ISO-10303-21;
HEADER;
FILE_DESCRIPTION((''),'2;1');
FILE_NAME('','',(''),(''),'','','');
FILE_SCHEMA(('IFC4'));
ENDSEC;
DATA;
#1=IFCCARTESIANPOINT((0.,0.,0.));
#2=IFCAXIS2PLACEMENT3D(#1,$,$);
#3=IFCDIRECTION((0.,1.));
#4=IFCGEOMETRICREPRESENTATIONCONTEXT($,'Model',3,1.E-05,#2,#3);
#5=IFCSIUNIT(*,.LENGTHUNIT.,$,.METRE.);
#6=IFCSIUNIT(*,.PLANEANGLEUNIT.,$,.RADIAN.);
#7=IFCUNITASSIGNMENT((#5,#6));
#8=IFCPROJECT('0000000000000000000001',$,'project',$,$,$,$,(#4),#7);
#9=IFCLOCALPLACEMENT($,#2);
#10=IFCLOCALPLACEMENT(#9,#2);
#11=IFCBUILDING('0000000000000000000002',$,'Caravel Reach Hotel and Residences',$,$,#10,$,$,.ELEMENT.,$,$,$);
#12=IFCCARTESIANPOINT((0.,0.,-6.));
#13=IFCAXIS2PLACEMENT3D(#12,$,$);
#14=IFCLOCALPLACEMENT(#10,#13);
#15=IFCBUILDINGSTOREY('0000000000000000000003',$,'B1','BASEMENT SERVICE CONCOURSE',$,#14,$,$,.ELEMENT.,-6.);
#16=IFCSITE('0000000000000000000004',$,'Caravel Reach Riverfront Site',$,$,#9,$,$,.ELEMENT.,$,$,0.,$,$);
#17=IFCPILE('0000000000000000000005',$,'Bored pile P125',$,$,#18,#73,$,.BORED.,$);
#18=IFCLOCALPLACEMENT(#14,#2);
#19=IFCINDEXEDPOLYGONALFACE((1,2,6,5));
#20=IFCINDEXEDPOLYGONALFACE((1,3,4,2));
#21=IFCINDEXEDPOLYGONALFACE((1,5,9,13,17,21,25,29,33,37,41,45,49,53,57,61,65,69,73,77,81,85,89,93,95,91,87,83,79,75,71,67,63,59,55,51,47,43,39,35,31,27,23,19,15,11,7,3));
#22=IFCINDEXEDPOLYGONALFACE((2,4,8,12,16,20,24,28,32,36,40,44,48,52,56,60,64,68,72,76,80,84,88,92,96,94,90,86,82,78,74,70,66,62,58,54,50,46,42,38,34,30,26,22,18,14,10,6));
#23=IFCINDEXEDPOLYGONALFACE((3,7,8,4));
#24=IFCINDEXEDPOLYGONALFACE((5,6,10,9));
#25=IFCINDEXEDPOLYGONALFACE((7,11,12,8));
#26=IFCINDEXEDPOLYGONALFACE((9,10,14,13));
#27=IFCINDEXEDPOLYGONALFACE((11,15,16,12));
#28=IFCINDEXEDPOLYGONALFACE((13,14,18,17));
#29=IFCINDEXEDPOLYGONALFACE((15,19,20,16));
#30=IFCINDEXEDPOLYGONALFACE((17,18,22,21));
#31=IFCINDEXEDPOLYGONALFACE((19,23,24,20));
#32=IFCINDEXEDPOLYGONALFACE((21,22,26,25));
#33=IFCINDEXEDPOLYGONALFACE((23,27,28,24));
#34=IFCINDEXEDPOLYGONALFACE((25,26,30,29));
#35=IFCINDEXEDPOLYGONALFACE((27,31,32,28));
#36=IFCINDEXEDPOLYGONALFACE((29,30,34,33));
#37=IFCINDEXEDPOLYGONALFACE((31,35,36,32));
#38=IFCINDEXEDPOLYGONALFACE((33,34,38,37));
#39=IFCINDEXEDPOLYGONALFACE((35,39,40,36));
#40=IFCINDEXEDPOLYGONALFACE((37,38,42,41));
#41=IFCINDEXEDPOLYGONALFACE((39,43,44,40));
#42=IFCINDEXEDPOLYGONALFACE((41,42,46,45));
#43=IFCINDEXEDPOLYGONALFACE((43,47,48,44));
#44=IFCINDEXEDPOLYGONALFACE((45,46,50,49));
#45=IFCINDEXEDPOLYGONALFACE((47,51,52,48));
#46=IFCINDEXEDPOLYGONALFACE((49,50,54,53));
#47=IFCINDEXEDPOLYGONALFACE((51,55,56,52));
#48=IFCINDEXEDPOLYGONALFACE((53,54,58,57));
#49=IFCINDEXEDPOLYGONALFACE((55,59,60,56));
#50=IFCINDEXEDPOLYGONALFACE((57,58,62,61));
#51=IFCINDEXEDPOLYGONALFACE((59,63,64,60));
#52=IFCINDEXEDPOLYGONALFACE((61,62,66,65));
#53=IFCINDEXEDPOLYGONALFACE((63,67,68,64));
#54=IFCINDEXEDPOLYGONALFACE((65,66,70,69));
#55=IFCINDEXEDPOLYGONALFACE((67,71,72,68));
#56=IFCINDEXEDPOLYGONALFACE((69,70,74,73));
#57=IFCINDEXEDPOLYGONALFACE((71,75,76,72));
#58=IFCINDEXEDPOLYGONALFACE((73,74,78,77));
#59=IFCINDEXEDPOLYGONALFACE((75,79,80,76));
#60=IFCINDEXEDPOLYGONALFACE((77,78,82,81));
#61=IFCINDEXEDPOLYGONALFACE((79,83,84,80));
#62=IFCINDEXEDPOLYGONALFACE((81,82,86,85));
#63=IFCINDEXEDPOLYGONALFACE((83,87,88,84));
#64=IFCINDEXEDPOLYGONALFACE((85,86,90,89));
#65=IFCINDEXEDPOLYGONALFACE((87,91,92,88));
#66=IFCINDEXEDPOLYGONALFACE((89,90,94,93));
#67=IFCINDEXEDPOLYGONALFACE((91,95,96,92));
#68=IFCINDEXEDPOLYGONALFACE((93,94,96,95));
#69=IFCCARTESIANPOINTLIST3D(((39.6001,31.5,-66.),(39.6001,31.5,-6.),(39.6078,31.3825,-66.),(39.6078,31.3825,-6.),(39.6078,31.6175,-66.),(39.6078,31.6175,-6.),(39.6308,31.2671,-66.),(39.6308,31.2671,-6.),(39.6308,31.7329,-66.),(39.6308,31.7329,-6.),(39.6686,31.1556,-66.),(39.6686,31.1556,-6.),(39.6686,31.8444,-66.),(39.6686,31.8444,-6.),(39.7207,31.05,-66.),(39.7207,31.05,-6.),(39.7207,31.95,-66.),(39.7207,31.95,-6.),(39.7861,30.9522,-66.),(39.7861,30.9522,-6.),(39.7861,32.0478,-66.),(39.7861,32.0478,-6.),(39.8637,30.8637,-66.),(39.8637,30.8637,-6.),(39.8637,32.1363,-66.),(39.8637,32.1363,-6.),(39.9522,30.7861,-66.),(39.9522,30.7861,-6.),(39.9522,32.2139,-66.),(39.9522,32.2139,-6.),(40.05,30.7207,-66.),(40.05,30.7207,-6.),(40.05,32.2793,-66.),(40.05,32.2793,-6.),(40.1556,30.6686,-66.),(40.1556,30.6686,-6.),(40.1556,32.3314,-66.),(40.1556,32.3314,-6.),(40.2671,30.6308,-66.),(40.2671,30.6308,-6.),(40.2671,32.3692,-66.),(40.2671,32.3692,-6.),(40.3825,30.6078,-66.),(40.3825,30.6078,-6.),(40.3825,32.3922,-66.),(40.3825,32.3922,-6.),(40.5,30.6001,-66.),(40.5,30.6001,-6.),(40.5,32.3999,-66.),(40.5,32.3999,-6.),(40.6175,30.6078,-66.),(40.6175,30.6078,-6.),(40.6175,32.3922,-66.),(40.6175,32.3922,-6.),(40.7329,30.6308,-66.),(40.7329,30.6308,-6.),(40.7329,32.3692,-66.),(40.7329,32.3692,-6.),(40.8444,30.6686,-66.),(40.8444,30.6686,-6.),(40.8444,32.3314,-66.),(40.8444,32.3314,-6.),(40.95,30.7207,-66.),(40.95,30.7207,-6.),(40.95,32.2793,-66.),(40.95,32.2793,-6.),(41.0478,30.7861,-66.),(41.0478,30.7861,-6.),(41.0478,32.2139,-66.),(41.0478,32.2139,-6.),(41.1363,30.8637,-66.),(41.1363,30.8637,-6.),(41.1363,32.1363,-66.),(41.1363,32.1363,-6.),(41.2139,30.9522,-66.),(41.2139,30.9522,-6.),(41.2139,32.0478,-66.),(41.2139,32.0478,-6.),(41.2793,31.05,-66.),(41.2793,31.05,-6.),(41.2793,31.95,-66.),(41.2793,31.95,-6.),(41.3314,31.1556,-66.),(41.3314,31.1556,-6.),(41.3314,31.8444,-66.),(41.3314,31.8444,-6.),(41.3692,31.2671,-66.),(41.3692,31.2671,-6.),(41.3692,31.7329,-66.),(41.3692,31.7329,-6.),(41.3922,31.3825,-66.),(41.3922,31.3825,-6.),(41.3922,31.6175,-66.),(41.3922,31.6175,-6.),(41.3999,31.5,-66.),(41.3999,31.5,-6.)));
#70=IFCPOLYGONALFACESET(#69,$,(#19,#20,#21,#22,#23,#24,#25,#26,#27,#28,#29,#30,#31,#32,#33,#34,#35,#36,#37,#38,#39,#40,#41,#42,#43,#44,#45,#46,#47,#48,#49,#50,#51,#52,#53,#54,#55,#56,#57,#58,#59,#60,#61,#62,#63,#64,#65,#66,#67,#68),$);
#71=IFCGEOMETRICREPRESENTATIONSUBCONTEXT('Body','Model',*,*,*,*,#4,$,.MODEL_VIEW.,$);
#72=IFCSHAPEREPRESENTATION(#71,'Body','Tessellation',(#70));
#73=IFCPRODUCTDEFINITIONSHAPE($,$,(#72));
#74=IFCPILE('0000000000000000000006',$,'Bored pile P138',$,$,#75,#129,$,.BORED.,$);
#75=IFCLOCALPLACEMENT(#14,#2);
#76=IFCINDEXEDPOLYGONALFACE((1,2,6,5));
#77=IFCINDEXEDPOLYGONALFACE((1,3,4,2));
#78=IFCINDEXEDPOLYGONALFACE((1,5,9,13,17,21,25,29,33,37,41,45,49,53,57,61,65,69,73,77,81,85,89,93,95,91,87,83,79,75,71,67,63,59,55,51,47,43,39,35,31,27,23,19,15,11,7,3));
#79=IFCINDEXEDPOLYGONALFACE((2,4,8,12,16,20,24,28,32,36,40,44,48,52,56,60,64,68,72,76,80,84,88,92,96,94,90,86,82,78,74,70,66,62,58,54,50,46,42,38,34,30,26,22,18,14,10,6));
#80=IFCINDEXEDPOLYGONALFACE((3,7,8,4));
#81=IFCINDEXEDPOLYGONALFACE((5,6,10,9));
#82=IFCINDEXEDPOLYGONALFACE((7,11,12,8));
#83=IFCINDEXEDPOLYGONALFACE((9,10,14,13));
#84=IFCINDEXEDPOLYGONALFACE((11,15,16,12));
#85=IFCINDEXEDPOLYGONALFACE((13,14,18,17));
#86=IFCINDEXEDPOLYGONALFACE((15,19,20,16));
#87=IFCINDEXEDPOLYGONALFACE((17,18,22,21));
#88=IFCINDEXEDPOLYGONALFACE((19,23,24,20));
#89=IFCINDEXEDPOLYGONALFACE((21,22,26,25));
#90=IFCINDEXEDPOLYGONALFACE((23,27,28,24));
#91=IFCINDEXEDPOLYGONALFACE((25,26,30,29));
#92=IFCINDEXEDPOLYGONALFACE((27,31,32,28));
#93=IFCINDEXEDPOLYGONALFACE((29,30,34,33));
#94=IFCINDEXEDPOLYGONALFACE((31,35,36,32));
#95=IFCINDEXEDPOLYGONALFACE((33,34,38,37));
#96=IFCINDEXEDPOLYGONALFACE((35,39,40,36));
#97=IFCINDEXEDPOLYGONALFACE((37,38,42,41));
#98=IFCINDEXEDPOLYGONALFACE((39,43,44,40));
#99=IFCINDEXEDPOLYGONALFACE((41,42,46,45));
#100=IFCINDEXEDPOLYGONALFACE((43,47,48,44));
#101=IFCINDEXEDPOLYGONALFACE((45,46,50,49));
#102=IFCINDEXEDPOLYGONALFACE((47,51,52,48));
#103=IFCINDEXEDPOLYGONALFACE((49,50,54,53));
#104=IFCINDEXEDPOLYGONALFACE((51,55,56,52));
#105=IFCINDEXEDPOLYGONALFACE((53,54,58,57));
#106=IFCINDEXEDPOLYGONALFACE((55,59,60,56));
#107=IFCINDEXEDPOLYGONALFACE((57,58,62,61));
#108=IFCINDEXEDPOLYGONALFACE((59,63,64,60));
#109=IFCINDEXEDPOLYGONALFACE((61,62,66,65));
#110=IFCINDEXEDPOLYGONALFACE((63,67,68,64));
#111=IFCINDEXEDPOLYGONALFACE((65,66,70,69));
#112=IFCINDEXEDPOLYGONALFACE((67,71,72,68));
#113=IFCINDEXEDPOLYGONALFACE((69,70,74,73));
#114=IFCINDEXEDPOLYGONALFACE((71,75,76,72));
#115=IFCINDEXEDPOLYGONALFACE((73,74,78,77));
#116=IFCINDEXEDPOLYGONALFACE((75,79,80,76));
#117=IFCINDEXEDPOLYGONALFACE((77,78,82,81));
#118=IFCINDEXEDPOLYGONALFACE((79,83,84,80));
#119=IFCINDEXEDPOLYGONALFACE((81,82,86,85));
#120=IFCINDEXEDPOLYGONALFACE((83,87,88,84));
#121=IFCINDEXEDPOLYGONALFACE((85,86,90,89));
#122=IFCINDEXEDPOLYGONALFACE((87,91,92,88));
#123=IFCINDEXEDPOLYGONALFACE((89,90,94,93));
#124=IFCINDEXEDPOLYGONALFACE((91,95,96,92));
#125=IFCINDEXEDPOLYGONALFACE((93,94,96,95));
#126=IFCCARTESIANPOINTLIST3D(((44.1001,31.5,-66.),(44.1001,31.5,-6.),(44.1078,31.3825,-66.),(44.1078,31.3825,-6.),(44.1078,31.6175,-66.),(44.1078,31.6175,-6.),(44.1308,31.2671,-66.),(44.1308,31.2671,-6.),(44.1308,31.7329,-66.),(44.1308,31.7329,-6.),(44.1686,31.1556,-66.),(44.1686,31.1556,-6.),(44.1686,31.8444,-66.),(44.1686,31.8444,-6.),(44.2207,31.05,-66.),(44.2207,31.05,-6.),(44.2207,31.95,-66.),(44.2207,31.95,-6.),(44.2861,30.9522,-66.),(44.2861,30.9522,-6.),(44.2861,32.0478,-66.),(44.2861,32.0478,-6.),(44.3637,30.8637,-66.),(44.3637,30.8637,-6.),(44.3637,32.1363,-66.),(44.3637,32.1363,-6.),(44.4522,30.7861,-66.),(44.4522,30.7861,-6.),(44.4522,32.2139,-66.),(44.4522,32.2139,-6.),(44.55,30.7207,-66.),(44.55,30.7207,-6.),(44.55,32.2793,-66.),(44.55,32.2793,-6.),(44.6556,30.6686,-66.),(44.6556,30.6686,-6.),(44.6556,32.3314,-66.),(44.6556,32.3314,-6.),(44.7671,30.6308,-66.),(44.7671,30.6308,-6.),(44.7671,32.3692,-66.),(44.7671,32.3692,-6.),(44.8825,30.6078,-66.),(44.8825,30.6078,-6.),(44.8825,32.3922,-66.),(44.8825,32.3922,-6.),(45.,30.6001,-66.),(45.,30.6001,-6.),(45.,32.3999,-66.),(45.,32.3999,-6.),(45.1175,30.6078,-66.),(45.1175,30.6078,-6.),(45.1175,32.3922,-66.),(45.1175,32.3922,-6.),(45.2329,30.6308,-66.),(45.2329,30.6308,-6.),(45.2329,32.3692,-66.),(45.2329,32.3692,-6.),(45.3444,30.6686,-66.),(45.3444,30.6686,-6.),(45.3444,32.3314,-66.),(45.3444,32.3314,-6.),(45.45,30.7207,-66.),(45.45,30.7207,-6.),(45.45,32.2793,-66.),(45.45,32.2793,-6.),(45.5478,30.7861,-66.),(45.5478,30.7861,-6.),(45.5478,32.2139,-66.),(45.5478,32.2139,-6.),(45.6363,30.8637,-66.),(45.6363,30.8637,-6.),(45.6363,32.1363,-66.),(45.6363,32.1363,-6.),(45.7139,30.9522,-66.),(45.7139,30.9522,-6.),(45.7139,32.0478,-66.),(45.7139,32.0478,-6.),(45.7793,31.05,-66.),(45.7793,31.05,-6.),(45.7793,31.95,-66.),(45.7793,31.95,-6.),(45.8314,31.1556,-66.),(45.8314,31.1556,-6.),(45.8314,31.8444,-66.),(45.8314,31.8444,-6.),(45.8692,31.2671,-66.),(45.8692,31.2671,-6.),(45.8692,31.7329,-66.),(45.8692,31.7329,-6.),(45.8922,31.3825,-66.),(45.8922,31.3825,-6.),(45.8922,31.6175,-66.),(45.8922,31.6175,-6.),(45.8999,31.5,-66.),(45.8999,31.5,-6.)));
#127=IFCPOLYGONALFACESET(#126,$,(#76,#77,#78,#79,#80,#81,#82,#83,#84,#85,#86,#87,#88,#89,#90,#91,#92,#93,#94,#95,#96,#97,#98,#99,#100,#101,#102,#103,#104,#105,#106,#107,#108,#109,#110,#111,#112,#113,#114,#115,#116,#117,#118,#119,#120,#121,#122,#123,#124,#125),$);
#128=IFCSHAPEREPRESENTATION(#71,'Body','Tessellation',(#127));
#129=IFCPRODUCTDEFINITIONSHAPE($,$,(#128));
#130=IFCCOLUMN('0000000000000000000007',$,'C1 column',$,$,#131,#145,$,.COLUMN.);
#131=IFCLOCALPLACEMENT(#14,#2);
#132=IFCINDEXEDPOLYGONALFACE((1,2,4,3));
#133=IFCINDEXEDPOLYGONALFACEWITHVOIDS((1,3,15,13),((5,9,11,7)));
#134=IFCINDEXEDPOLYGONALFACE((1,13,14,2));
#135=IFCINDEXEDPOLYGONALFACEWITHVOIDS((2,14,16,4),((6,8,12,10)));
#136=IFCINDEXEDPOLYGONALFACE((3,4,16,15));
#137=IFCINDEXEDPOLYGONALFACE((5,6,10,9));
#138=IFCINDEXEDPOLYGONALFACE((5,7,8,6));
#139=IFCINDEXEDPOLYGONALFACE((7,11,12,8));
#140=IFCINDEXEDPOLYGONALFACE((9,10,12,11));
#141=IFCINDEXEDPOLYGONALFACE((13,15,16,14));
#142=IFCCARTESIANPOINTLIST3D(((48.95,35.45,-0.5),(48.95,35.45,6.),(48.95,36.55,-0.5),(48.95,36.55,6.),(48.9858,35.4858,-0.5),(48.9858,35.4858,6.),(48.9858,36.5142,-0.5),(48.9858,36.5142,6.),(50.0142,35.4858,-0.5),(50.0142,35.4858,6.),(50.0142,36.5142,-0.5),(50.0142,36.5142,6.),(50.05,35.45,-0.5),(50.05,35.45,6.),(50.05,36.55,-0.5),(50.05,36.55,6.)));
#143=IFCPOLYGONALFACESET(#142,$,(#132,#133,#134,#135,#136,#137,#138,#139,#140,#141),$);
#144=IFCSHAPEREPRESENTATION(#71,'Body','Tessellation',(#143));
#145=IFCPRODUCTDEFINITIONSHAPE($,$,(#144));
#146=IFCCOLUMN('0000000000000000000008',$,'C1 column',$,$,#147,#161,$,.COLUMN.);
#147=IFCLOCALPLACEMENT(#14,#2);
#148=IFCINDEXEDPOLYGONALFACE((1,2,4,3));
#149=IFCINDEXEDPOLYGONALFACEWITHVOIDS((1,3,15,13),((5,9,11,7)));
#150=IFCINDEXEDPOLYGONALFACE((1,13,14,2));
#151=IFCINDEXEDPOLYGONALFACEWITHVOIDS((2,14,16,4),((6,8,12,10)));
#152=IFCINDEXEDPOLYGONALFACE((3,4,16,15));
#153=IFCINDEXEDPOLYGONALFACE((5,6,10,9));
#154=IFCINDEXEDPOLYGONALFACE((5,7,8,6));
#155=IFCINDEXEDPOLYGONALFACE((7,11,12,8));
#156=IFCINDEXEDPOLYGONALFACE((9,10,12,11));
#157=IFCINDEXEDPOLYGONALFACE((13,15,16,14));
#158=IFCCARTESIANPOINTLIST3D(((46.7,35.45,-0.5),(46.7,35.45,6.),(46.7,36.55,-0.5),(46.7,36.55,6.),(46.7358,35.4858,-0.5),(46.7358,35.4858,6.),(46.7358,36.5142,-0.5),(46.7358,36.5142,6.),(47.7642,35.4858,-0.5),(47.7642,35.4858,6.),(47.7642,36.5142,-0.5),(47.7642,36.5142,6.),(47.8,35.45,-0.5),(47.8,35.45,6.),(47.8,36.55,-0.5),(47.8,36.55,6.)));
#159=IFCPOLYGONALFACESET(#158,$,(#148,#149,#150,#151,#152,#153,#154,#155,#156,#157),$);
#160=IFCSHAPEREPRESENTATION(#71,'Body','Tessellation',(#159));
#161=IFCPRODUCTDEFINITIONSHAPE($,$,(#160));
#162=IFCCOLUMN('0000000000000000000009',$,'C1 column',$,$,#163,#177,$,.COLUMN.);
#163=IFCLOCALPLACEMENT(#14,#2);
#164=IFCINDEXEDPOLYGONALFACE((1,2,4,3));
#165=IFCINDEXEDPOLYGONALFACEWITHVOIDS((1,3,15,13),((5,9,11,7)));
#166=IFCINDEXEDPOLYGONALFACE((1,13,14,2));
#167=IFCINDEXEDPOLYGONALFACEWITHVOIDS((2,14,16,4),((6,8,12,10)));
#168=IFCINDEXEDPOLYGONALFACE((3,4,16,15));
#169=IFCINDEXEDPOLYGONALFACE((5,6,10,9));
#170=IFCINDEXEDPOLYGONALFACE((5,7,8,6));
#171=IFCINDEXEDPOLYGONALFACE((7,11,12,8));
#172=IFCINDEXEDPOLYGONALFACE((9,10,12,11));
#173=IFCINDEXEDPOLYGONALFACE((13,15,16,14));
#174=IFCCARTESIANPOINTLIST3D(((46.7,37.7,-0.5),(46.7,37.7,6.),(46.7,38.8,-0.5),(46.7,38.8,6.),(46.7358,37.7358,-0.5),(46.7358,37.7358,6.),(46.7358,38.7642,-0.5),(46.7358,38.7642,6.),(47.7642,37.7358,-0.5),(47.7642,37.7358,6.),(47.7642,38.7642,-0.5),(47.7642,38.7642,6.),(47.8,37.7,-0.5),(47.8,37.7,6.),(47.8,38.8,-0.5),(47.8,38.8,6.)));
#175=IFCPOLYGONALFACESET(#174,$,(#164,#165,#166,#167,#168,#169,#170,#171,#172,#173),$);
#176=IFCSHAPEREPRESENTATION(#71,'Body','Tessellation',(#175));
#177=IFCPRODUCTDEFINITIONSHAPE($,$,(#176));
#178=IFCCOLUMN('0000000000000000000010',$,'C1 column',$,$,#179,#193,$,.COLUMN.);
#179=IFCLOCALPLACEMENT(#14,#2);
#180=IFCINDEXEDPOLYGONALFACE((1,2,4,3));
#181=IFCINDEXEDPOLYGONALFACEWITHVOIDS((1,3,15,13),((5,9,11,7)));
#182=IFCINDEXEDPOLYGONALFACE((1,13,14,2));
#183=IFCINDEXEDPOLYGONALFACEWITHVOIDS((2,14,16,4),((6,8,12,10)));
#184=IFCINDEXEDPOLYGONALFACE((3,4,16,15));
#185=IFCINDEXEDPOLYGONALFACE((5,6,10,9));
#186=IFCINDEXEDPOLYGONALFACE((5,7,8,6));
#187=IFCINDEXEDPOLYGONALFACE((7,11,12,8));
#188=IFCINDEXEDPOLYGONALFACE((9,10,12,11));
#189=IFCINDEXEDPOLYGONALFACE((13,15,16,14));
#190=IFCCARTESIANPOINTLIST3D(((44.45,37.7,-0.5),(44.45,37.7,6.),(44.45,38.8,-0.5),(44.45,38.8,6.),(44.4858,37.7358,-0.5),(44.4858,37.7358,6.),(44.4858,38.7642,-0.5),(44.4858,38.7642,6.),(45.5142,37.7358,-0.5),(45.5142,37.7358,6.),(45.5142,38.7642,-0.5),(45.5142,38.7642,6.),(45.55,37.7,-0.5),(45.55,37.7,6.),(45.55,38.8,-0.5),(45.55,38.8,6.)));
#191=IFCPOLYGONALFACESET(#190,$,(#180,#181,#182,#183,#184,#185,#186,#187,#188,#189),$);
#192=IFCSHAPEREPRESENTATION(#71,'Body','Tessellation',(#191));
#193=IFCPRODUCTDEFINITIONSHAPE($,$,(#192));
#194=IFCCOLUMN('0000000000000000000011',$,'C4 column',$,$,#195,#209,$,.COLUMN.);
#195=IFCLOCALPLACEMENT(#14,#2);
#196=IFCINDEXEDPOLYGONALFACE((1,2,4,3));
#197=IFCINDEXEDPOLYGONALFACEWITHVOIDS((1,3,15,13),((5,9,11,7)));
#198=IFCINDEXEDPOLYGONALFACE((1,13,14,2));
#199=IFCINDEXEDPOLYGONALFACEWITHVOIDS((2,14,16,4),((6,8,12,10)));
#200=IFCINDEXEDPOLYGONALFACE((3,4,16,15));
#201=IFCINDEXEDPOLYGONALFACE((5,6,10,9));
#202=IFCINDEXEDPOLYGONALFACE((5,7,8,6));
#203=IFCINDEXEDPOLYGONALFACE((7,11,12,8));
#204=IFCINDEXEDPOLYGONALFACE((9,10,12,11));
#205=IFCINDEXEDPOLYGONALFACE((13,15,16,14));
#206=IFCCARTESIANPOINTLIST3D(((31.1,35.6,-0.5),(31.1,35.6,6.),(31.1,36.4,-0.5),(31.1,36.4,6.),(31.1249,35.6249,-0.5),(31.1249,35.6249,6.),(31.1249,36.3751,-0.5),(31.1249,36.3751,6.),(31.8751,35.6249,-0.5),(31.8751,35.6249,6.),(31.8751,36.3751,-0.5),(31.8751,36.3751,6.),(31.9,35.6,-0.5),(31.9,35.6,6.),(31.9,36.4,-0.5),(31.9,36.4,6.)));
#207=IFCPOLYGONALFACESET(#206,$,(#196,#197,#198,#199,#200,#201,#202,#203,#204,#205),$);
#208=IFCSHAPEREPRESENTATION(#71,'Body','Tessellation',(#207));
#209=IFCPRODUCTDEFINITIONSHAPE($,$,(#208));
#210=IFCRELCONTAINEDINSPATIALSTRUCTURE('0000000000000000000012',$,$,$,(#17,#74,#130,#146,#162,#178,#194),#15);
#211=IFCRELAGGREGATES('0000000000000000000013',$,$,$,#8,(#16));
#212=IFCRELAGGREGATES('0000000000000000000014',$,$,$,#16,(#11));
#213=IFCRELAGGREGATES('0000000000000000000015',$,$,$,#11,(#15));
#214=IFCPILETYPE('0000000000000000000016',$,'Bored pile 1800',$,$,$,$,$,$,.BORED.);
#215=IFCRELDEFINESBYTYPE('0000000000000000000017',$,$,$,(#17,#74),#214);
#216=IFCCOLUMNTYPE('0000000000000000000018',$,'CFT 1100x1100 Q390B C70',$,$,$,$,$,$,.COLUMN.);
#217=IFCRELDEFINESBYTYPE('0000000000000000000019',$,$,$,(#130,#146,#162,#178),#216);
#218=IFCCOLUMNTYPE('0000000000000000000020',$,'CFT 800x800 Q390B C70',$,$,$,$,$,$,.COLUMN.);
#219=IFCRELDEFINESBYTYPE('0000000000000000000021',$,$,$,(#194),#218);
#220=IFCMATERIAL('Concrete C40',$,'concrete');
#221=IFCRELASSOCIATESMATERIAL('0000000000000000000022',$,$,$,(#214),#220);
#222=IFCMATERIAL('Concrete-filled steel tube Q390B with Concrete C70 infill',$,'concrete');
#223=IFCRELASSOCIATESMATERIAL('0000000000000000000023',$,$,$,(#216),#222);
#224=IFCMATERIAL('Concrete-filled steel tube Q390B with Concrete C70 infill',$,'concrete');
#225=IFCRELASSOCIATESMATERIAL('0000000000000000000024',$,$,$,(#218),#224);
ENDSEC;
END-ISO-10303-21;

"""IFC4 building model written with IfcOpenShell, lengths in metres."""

from ifc_helpers import new_model, si_unit, direction, frame, origin, origin_2d, place, context, subcontext, project, spatial, hollow_rectangle, circle, extrude, material, material_profile, profile_set, type_object, element, save


model = new_model("IFC4")

# Units and contexts
model_context = context("Model", 3, precision=1e-05, world=origin(), true_north=direction((0.0, 1.0)))
body_context = subcontext(model_context, "Body", "Model", "MODEL_VIEW")
ifc_project = project(units=[si_unit("LENGTHUNIT", "METRE"), si_unit("PLANEANGLEUNIT", "RADIAN")], contexts=[model_context])

# Site, building, storey
site_placement = place(None, origin())
site = spatial("IfcSite", under=ifc_project, at=site_placement, Name="Caravel Reach Riverfront Site", CompositionType="ELEMENT", RefElevation=0.0)
building_placement = place(site_placement, origin())
building = spatial("IfcBuilding", under=site, at=building_placement, Name="Caravel Reach Hotel and Residences", CompositionType="ELEMENT")
storey_placement = place(building_placement, frame((0.0, 0.0, -6.0)))
storey = spatial("IfcBuildingStorey", under=building, at=storey_placement, Name="B1", Description="BASEMENT SERVICE CONCOURSE", CompositionType="ELEMENT", Elevation=-6.0)

# Piles
ifc_material_1 = material(Name="Concrete C40", Category="concrete")
ifc_material_profile_1 = material_profile(ifc_material_1, circle(Radius=0.8999, at=origin_2d()), Name="PILE 1800")
ifc_profile_set_1 = profile_set([ifc_material_profile_1], Name="Concrete C40")
pile_type_1 = type_object("IfcPileType", Name="Bored pile 1800", PredefinedType="BORED", material=ifc_profile_set_1)
for number, where, z_axis, x_axis, name in (
    (1, (40.5, 31.5, -6.0), (0.0, 0.0, -1.0), (1.0, 0.0, 0.0), "Bored pile P125"),
    (2, (45.0, 31.5, -6.0), (0.0, 0.0, -1.0), (1.0, 0.0, 0.0), "Bored pile P138"),
):
    element("IfcPile", number, at=place(storey_placement, frame(where, z_axis=z_axis, x_axis=x_axis)), inside=storey, type_object=pile_type_1, Name=name, PredefinedType="BORED", context=body_context, shape_type="SweptSolid", body=[
        extrude(circle(Radius=0.8999, at=origin_2d()), origin(), (0.0, 0.0, 1.0), 60.0),
    ])

# Columns
ifc_material_2 = material(Name="Concrete-filled steel tube Q390B with Concrete C70 infill", Category="concrete")
ifc_material_profile_2 = material_profile(ifc_material_2, hollow_rectangle(XDim=1.1001, YDim=1.1001, WallThickness=0.0359, at=origin_2d()), Name="RHS 1100x1100x36")
ifc_profile_set_2 = profile_set([ifc_material_profile_2], Name="Concrete-filled steel tube Q390B with Concrete C70 infill")
column_type_1 = type_object("IfcColumnType", Name="CFT 1100x1100 Q390B C70", PredefinedType="COLUMN", material=ifc_profile_set_2)
for number, where, z_axis, x_axis, name in (
    (3, (49.5, 36.0, -0.5), (0.0, 0.0, 1.0), (1.0, 0.0, 0.0), "C1 column"),
    (4, (47.25, 36.0, -0.5), (0.0, 0.0, 1.0), (1.0, 0.0, 0.0), "C1 column"),
    (5, (47.25, 38.25, -0.5), (0.0, 0.0, 1.0), (1.0, 0.0, 0.0), "C1 column"),
    (6, (45.0, 38.25, -0.5), (0.0, 0.0, 1.0), (1.0, 0.0, 0.0), "C1 column"),
):
    element("IfcColumn", number, at=place(storey_placement, frame(where, z_axis=z_axis, x_axis=x_axis)), inside=storey, type_object=column_type_1, Name=name, PredefinedType="COLUMN", context=body_context, shape_type="SweptSolid", body=[
        extrude(hollow_rectangle(XDim=1.1001, YDim=1.1001, WallThickness=0.0359, at=origin_2d()), origin(), (0.0, 0.0, 1.0), 6.5),
    ])
ifc_material_3 = material(Name="Concrete-filled steel tube Q390B with Concrete C70 infill", Category="concrete")
ifc_material_profile_3 = material_profile(ifc_material_3, hollow_rectangle(XDim=0.8, YDim=0.8, WallThickness=0.0249, at=origin_2d()), Name="RHS 800x800x25")
ifc_profile_set_3 = profile_set([ifc_material_profile_3], Name="Concrete-filled steel tube Q390B with Concrete C70 infill")
column_type_2 = type_object("IfcColumnType", Name="CFT 800x800 Q390B C70", PredefinedType="COLUMN", material=ifc_profile_set_3)
for number, where, z_axis, x_axis, name in (
    (7, (31.5, 36.0, -0.5), (0.0, 0.0, 1.0), (1.0, 0.0, 0.0), "C4 column"),
):
    element("IfcColumn", number, at=place(storey_placement, frame(where, z_axis=z_axis, x_axis=x_axis)), inside=storey, type_object=column_type_2, Name=name, PredefinedType="COLUMN", context=body_context, shape_type="SweptSolid", body=[
        extrude(hollow_rectangle(XDim=0.8, YDim=0.8, WallThickness=0.0249, at=origin_2d()), origin(), (0.0, 0.0, 1.0), 6.5),
    ])

save(model, "model.ifc")
